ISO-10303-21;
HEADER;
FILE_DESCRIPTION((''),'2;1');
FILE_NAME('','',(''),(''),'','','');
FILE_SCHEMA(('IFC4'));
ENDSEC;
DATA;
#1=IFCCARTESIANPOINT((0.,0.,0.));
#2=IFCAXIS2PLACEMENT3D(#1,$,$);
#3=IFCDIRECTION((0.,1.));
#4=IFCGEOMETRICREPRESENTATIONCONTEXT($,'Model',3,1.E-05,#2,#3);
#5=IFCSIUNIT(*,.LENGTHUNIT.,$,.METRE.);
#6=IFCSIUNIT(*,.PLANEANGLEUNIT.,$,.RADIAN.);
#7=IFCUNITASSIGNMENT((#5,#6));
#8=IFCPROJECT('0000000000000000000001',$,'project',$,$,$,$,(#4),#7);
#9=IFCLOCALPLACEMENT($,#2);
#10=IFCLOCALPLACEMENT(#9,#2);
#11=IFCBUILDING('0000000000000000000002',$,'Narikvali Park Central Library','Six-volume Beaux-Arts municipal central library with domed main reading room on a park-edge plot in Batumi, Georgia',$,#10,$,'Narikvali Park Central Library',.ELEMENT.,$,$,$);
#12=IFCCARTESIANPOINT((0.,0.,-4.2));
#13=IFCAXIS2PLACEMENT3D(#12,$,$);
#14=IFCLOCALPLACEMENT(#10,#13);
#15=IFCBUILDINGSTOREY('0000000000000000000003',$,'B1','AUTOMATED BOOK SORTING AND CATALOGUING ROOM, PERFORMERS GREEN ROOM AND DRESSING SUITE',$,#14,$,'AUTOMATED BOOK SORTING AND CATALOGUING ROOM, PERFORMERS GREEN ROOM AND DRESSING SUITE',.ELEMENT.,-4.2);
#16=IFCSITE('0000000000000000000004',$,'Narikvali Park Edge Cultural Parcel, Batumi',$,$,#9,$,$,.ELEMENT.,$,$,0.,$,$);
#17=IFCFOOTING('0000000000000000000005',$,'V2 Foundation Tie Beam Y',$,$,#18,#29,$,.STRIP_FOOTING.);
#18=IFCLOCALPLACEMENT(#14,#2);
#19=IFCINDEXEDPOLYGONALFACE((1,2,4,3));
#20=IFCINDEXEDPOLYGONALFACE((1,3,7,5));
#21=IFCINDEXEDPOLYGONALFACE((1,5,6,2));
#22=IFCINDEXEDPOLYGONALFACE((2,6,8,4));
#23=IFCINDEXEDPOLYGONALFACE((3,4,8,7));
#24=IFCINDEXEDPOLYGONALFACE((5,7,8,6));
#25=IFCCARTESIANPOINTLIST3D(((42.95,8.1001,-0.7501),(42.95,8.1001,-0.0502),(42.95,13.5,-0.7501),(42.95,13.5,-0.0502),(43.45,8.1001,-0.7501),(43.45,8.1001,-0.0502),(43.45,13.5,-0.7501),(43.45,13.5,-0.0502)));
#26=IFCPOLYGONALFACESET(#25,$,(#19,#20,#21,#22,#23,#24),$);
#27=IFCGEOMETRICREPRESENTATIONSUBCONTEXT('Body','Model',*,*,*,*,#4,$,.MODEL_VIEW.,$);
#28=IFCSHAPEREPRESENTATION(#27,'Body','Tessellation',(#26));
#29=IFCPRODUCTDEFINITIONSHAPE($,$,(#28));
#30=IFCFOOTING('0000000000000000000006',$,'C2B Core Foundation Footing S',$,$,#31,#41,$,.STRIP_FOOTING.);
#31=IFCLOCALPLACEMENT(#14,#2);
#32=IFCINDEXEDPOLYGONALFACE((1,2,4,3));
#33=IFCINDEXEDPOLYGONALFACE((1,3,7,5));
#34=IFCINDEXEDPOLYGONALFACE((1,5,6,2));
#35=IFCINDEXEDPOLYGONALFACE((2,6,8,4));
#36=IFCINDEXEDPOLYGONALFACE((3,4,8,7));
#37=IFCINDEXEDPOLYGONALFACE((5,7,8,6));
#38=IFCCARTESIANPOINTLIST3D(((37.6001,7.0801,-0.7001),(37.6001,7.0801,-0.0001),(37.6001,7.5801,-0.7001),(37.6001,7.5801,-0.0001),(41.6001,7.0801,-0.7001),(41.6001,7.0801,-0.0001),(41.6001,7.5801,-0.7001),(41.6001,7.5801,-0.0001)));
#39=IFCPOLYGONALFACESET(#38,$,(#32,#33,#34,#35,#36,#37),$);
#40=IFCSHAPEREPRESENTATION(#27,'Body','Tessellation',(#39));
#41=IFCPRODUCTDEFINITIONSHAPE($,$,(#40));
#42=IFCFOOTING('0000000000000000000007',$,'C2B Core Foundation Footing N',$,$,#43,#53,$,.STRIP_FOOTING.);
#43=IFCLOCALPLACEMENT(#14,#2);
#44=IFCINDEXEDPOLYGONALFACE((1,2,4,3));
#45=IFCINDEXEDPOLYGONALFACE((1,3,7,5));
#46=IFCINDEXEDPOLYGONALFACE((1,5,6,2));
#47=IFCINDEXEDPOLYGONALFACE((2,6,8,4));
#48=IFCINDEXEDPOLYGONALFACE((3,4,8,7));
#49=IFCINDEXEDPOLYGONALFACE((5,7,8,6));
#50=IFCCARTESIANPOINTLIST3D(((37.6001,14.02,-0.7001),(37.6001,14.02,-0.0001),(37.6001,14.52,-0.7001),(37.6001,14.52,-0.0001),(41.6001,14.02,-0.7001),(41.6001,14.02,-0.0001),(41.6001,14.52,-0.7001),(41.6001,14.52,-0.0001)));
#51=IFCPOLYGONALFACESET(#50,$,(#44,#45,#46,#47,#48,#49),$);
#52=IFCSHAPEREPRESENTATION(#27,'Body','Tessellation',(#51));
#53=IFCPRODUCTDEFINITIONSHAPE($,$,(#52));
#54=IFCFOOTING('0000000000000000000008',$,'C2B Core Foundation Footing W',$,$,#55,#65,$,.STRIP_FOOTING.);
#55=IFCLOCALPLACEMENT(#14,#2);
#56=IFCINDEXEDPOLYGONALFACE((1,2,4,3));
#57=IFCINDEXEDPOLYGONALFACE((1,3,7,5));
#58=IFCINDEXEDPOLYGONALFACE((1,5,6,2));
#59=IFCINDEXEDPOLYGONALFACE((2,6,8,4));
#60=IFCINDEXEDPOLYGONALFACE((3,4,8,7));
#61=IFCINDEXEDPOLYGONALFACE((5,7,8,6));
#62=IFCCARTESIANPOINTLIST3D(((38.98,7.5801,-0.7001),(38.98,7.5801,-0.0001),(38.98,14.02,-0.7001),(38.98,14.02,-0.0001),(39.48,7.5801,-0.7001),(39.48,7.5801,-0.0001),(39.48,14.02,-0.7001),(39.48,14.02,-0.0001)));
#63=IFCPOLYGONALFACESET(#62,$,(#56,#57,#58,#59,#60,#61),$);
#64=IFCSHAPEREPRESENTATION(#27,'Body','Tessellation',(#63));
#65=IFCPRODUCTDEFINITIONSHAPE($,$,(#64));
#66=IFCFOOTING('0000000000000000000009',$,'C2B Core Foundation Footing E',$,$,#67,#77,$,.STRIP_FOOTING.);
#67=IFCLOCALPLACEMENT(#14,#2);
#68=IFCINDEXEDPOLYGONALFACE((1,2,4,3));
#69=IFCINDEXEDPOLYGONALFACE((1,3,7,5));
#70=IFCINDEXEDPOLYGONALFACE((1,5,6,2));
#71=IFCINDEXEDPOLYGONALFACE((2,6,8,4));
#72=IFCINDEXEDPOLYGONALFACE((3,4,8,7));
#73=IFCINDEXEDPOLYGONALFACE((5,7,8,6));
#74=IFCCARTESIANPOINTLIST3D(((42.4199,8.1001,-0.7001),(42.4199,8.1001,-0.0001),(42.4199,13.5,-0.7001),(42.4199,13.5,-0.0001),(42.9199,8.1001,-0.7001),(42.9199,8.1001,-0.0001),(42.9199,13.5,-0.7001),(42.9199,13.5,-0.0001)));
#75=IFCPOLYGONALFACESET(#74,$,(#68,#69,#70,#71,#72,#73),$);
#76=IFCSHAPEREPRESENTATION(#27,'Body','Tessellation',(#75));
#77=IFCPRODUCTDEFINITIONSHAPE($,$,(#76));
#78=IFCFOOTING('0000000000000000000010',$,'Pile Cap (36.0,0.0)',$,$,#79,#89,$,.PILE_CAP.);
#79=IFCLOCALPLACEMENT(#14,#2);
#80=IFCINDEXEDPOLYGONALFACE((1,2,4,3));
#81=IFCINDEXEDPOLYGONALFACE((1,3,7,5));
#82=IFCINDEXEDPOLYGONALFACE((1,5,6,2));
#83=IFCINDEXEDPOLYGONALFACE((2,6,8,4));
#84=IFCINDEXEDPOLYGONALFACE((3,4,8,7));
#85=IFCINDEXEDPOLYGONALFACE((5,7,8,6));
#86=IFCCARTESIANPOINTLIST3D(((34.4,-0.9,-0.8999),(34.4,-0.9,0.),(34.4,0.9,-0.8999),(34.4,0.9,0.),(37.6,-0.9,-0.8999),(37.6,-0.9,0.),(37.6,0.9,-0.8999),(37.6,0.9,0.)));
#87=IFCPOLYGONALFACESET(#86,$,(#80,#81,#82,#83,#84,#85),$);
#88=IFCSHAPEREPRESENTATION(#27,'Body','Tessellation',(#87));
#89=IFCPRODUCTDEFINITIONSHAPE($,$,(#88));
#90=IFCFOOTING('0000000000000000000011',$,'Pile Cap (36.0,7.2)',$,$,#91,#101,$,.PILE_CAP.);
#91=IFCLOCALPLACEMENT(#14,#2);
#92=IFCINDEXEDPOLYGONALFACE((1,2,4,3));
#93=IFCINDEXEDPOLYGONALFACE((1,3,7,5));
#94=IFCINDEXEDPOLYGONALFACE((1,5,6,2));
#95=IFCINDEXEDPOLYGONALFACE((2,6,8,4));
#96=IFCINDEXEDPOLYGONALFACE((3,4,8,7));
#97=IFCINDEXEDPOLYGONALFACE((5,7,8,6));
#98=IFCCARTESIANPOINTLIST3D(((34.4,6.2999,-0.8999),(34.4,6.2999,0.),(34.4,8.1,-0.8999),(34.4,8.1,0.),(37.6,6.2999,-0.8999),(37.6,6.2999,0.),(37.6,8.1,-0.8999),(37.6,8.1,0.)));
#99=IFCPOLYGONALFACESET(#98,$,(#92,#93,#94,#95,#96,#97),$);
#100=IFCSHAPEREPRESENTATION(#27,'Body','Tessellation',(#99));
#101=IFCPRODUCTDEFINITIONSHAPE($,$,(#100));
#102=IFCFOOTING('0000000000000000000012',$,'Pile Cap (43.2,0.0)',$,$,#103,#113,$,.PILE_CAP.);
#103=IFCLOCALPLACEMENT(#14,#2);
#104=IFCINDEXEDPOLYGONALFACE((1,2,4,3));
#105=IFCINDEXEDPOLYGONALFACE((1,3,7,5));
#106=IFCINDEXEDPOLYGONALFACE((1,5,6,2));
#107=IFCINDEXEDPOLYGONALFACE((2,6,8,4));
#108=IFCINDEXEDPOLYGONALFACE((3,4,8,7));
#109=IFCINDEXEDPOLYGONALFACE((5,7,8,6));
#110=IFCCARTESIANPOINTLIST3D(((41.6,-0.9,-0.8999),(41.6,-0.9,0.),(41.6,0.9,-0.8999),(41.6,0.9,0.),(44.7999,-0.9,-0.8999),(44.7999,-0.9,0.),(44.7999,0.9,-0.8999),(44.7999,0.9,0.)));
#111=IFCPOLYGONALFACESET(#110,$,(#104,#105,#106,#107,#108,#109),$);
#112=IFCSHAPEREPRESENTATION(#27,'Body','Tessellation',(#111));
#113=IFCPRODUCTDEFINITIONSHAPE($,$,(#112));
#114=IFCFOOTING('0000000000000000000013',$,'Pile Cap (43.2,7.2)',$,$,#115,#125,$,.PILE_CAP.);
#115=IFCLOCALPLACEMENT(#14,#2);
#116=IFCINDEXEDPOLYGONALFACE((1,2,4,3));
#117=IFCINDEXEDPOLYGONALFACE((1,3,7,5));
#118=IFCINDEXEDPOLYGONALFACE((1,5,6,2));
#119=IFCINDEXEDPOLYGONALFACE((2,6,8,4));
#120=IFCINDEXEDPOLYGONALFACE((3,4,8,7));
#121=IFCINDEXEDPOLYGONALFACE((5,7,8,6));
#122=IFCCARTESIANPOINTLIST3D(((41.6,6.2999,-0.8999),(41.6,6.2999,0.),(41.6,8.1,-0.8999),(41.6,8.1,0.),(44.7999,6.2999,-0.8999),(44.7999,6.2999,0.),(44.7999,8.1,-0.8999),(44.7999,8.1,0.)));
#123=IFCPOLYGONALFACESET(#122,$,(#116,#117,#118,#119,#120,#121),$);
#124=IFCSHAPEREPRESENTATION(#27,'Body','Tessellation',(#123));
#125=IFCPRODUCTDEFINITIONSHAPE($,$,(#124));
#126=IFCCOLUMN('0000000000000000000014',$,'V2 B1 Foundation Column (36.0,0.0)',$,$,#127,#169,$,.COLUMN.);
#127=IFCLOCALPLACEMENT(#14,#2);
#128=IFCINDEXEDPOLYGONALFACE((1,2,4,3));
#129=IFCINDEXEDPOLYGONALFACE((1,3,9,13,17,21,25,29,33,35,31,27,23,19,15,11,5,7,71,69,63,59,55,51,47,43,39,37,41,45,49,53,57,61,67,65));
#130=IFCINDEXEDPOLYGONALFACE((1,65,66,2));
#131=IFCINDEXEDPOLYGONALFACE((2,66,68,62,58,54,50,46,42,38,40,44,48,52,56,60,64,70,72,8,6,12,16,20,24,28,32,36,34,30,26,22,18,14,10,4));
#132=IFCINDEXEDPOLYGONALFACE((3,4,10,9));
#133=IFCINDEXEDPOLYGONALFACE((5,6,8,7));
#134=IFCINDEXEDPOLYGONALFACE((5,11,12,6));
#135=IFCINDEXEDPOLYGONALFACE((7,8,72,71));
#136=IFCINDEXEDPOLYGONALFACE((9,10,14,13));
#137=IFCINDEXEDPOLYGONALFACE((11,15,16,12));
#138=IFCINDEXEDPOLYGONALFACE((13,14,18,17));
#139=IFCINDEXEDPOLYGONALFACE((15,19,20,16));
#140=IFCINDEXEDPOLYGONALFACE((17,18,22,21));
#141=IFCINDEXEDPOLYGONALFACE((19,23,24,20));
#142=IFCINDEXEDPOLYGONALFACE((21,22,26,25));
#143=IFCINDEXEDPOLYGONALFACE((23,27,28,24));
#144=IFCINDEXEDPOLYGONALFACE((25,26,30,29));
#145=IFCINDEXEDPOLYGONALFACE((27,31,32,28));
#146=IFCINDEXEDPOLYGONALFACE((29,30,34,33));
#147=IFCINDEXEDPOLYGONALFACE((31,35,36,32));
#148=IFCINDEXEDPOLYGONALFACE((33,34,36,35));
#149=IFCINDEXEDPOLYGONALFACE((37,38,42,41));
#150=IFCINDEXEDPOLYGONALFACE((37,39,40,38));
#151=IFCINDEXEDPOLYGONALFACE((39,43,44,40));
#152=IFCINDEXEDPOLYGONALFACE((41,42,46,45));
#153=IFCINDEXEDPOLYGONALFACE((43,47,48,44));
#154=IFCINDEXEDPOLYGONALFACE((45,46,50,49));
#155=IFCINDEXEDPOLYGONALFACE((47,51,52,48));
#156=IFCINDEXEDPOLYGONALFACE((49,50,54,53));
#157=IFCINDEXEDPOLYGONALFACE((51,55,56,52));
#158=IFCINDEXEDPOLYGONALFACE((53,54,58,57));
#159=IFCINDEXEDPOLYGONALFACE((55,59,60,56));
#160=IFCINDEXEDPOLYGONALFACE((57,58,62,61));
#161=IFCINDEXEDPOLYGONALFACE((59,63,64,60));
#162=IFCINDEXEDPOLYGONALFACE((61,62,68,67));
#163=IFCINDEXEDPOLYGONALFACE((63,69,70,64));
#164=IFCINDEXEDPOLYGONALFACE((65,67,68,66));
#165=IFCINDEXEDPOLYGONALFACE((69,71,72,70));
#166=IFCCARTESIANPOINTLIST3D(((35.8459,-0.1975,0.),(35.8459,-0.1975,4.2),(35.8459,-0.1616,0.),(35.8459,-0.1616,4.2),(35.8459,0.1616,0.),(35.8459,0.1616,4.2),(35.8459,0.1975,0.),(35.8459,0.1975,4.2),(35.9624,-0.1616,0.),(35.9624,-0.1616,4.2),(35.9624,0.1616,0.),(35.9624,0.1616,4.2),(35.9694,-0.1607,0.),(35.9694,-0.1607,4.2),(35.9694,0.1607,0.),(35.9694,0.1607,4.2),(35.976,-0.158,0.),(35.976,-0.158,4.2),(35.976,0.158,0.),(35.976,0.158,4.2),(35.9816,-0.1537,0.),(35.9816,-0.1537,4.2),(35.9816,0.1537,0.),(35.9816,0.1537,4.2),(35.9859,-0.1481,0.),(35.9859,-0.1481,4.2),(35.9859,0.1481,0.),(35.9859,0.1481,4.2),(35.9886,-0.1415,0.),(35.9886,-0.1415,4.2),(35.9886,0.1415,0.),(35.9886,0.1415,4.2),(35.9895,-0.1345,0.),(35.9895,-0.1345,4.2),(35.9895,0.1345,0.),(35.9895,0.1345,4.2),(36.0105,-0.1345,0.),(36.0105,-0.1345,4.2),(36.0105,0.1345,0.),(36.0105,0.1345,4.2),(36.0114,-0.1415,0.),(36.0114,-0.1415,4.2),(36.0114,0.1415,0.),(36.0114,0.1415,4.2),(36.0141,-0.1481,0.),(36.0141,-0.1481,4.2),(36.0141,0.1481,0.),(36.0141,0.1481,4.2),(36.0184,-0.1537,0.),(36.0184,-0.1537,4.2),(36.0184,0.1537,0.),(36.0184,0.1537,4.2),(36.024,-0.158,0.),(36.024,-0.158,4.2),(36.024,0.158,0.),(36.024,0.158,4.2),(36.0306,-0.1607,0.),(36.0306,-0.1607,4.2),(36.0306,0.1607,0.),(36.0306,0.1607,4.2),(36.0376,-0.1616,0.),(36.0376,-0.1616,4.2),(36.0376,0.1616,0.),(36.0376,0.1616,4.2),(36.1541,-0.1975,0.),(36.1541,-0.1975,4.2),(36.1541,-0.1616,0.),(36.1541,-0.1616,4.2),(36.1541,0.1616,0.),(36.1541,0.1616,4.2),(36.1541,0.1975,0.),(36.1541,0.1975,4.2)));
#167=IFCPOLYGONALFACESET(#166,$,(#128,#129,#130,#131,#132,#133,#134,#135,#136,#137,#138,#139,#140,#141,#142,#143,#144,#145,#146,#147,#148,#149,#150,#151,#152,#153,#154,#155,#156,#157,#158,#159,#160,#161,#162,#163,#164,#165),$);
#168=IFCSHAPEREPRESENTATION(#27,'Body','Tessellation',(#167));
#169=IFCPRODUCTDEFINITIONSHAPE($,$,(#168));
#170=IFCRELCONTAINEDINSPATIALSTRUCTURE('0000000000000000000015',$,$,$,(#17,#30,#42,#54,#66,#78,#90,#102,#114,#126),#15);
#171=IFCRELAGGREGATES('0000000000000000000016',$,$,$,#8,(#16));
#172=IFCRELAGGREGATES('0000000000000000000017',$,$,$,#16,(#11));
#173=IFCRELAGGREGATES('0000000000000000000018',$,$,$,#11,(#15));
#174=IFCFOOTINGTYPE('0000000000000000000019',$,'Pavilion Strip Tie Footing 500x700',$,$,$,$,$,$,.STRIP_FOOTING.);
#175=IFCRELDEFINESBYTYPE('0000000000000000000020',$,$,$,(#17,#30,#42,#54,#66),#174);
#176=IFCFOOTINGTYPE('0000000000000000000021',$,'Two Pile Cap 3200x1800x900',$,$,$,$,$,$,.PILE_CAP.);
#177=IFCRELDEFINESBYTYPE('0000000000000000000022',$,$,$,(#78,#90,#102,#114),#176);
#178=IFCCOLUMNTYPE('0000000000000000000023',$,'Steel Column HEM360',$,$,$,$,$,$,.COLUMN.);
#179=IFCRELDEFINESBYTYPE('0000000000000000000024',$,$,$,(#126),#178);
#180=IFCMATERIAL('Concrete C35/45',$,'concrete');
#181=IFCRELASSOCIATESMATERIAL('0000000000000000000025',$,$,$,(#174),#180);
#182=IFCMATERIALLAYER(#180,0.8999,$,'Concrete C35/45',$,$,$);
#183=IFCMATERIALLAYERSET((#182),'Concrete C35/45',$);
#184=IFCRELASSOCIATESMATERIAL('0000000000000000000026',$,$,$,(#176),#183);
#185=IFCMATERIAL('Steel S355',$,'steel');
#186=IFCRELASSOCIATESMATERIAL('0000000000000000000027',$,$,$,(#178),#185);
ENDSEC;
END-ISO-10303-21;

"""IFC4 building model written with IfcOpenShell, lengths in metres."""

from ifc_helpers import new_model, si_unit, direction, frame, origin, origin_2d, place, context, subcontext, project, spatial, rectangle, i_section, extrude, material, layer, layer_set, material_profile, profile_set, type_object, element, save


model = new_model("IFC4")

# Units and contexts
model_context = context("Model", 3, precision=1e-05, world=origin(), true_north=direction((0.0, 1.0)))
body_context = subcontext(model_context, "Body", "Model", "MODEL_VIEW")
ifc_project = project(units=[si_unit("LENGTHUNIT", "METRE"), si_unit("PLANEANGLEUNIT", "RADIAN")], contexts=[model_context])

# Site, building, storey
site_placement = place(None, origin())
site = spatial("IfcSite", under=ifc_project, at=site_placement, Name="Narikvali Park Edge Cultural Parcel, Batumi", CompositionType="ELEMENT", RefElevation=0.0)
building_placement = place(site_placement, origin())
building = spatial("IfcBuilding", under=site, at=building_placement, Name="Narikvali Park Central Library", Description="Six-volume Beaux-Arts municipal central library with domed main reading room on a park-edge plot in Batumi, Georgia", LongName="Narikvali Park Central Library", CompositionType="ELEMENT")
storey_placement = place(building_placement, frame((0.0, 0.0, -4.2)))
storey = spatial("IfcBuildingStorey", under=building, at=storey_placement, Name="B1", Description="AUTOMATED BOOK SORTING AND CATALOGUING ROOM, PERFORMERS GREEN ROOM AND DRESSING SUITE", LongName="AUTOMATED BOOK SORTING AND CATALOGUING ROOM, PERFORMERS GREEN ROOM AND DRESSING SUITE", CompositionType="ELEMENT", Elevation=-4.2)

# Shared definitions
ifc_material_1 = material(Name="Concrete C35/45", Category="concrete")

# Footings
ifc_material_profile_1 = material_profile(ifc_material_1, rectangle(XDim=0.5, YDim=0.7, at=origin_2d()), Name="RC GB 500x700")
ifc_profile_set_1 = profile_set([ifc_material_profile_1], Name="Concrete C35/45")
footing_type_1 = type_object("IfcFootingType", Name="Pavilion Strip Tie Footing 500x700", PredefinedType="STRIP_FOOTING", material=ifc_profile_set_1)
footing_1_placement = place(storey_placement, frame((43.2, 8.1001, -0.4001), z_axis=(0.0, 1.0, 0.0), x_axis=(-1.0, 0.0, 0.0)))
element("IfcFooting", 1, at=footing_1_placement, inside=storey, type_object=footing_type_1, Name="V2 Foundation Tie Beam Y", PredefinedType="STRIP_FOOTING", context=body_context, shape_type="SweptSolid", body=[
    extrude(rectangle(XDim=0.5, YDim=0.7, at=origin_2d()), origin(), (0.0, 0.0, 1.0), 5.3999),
])
for number, where, z_axis, x_axis, name in (
    (2, (37.6001, 7.3301, -0.3501), (1.0, 0.0, 0.0), (0.0, 1.0, 0.0), "C2B Core Foundation Footing S"),
    (3, (37.6001, 14.27, -0.3501), (1.0, 0.0, 0.0), (0.0, 1.0, 0.0), "C2B Core Foundation Footing N"),
):
    element("IfcFooting", number, at=place(storey_placement, frame(where, z_axis=z_axis, x_axis=x_axis)), inside=storey, type_object=footing_type_1, Name=name, PredefinedType="STRIP_FOOTING", context=body_context, shape_type="SweptSolid", body=[
        extrude(rectangle(XDim=0.5, YDim=0.7, at=origin_2d()), origin(), (0.0, 0.0, 1.0), 4.0),
    ])
footing_2_placement = place(storey_placement, frame((39.23, 7.5801, -0.3501), z_axis=(0.0, 1.0, 0.0), x_axis=(-1.0, 0.0, 0.0)))
element("IfcFooting", 4, at=footing_2_placement, inside=storey, type_object=footing_type_1, Name="C2B Core Foundation Footing W", PredefinedType="STRIP_FOOTING", context=body_context, shape_type="SweptSolid", body=[
    extrude(rectangle(XDim=0.5, YDim=0.7, at=origin_2d()), origin(), (0.0, 0.0, 1.0), 6.4399),
])
footing_3_placement = place(storey_placement, frame((42.6699, 8.1001, -0.3501), z_axis=(0.0, 1.0, 0.0), x_axis=(-1.0, 0.0, 0.0)))
element("IfcFooting", 5, at=footing_3_placement, inside=storey, type_object=footing_type_1, Name="C2B Core Foundation Footing E", PredefinedType="STRIP_FOOTING", context=body_context, shape_type="SweptSolid", body=[
    extrude(rectangle(XDim=0.5, YDim=0.7, at=origin_2d()), origin(), (0.0, 0.0, 1.0), 5.3999),
])
ifc_layer_1 = layer(ifc_material_1, 0.8999, Name="Concrete C35/45")
ifc_layer_set_1 = layer_set([ifc_layer_1], Name="Concrete C35/45")
footing_type_2 = type_object("IfcFootingType", Name="Two Pile Cap 3200x1800x900", PredefinedType="PILE_CAP", material=ifc_layer_set_1)
for number, where, z_axis, x_axis, name in (
    (6, (36.0, 0.0, -0.8999), (0.0, 0.0, 1.0), (1.0, 0.0, 0.0), "Pile Cap (36.0,0.0)"),
    (7, (36.0, 7.2, -0.8999), (0.0, 0.0, 1.0), (1.0, 0.0, 0.0), "Pile Cap (36.0,7.2)"),
    (8, (43.2, 0.0, -0.8999), (0.0, 0.0, 1.0), (1.0, 0.0, 0.0), "Pile Cap (43.2,0.0)"),
    (9, (43.2, 7.2, -0.8999), (0.0, 0.0, 1.0), (1.0, 0.0, 0.0), "Pile Cap (43.2,7.2)"),
):
    element("IfcFooting", number, at=place(storey_placement, frame(where, z_axis=z_axis, x_axis=x_axis)), inside=storey, type_object=footing_type_2, Name=name, PredefinedType="PILE_CAP", context=body_context, shape_type="SweptSolid", body=[
        extrude(rectangle(XDim=3.2, YDim=1.8, at=origin_2d()), origin(), (0.0, 0.0, 1.0), 0.8999),
    ])

# Column
ifc_material_2 = material(Name="Steel S355", Category="steel")
ifc_material_profile_2 = material_profile(ifc_material_2, i_section(OverallWidth=0.3081, OverallDepth=0.395, WebThickness=0.021, FlangeThickness=0.0359, FilletRadius=0.0271, at=origin_2d()), Name="HEM 360")
ifc_profile_set_2 = profile_set([ifc_material_profile_2], Name="Steel S355")
column_type = type_object("IfcColumnType", Name="Steel Column HEM360", PredefinedType="COLUMN", material=ifc_profile_set_2)
for number, where, z_axis, x_axis, name in (
    (10, (36.0, 0.0, 0.0), (0.0, 0.0, 1.0), (1.0, 0.0, 0.0), "V2 B1 Foundation Column (36.0,0.0)"),
):
    element("IfcColumn", number, at=place(storey_placement, frame(where, z_axis=z_axis, x_axis=x_axis)), inside=storey, type_object=column_type, Name=name, PredefinedType="COLUMN", context=body_context, shape_type="SweptSolid", body=[
        extrude(i_section(OverallWidth=0.3081, OverallDepth=0.395, WebThickness=0.021, FlangeThickness=0.0359, FilletRadius=0.0271, at=origin_2d()), origin(), (0.0, 0.0, 1.0), 4.2),
    ])

save(model, "model.ifc")
